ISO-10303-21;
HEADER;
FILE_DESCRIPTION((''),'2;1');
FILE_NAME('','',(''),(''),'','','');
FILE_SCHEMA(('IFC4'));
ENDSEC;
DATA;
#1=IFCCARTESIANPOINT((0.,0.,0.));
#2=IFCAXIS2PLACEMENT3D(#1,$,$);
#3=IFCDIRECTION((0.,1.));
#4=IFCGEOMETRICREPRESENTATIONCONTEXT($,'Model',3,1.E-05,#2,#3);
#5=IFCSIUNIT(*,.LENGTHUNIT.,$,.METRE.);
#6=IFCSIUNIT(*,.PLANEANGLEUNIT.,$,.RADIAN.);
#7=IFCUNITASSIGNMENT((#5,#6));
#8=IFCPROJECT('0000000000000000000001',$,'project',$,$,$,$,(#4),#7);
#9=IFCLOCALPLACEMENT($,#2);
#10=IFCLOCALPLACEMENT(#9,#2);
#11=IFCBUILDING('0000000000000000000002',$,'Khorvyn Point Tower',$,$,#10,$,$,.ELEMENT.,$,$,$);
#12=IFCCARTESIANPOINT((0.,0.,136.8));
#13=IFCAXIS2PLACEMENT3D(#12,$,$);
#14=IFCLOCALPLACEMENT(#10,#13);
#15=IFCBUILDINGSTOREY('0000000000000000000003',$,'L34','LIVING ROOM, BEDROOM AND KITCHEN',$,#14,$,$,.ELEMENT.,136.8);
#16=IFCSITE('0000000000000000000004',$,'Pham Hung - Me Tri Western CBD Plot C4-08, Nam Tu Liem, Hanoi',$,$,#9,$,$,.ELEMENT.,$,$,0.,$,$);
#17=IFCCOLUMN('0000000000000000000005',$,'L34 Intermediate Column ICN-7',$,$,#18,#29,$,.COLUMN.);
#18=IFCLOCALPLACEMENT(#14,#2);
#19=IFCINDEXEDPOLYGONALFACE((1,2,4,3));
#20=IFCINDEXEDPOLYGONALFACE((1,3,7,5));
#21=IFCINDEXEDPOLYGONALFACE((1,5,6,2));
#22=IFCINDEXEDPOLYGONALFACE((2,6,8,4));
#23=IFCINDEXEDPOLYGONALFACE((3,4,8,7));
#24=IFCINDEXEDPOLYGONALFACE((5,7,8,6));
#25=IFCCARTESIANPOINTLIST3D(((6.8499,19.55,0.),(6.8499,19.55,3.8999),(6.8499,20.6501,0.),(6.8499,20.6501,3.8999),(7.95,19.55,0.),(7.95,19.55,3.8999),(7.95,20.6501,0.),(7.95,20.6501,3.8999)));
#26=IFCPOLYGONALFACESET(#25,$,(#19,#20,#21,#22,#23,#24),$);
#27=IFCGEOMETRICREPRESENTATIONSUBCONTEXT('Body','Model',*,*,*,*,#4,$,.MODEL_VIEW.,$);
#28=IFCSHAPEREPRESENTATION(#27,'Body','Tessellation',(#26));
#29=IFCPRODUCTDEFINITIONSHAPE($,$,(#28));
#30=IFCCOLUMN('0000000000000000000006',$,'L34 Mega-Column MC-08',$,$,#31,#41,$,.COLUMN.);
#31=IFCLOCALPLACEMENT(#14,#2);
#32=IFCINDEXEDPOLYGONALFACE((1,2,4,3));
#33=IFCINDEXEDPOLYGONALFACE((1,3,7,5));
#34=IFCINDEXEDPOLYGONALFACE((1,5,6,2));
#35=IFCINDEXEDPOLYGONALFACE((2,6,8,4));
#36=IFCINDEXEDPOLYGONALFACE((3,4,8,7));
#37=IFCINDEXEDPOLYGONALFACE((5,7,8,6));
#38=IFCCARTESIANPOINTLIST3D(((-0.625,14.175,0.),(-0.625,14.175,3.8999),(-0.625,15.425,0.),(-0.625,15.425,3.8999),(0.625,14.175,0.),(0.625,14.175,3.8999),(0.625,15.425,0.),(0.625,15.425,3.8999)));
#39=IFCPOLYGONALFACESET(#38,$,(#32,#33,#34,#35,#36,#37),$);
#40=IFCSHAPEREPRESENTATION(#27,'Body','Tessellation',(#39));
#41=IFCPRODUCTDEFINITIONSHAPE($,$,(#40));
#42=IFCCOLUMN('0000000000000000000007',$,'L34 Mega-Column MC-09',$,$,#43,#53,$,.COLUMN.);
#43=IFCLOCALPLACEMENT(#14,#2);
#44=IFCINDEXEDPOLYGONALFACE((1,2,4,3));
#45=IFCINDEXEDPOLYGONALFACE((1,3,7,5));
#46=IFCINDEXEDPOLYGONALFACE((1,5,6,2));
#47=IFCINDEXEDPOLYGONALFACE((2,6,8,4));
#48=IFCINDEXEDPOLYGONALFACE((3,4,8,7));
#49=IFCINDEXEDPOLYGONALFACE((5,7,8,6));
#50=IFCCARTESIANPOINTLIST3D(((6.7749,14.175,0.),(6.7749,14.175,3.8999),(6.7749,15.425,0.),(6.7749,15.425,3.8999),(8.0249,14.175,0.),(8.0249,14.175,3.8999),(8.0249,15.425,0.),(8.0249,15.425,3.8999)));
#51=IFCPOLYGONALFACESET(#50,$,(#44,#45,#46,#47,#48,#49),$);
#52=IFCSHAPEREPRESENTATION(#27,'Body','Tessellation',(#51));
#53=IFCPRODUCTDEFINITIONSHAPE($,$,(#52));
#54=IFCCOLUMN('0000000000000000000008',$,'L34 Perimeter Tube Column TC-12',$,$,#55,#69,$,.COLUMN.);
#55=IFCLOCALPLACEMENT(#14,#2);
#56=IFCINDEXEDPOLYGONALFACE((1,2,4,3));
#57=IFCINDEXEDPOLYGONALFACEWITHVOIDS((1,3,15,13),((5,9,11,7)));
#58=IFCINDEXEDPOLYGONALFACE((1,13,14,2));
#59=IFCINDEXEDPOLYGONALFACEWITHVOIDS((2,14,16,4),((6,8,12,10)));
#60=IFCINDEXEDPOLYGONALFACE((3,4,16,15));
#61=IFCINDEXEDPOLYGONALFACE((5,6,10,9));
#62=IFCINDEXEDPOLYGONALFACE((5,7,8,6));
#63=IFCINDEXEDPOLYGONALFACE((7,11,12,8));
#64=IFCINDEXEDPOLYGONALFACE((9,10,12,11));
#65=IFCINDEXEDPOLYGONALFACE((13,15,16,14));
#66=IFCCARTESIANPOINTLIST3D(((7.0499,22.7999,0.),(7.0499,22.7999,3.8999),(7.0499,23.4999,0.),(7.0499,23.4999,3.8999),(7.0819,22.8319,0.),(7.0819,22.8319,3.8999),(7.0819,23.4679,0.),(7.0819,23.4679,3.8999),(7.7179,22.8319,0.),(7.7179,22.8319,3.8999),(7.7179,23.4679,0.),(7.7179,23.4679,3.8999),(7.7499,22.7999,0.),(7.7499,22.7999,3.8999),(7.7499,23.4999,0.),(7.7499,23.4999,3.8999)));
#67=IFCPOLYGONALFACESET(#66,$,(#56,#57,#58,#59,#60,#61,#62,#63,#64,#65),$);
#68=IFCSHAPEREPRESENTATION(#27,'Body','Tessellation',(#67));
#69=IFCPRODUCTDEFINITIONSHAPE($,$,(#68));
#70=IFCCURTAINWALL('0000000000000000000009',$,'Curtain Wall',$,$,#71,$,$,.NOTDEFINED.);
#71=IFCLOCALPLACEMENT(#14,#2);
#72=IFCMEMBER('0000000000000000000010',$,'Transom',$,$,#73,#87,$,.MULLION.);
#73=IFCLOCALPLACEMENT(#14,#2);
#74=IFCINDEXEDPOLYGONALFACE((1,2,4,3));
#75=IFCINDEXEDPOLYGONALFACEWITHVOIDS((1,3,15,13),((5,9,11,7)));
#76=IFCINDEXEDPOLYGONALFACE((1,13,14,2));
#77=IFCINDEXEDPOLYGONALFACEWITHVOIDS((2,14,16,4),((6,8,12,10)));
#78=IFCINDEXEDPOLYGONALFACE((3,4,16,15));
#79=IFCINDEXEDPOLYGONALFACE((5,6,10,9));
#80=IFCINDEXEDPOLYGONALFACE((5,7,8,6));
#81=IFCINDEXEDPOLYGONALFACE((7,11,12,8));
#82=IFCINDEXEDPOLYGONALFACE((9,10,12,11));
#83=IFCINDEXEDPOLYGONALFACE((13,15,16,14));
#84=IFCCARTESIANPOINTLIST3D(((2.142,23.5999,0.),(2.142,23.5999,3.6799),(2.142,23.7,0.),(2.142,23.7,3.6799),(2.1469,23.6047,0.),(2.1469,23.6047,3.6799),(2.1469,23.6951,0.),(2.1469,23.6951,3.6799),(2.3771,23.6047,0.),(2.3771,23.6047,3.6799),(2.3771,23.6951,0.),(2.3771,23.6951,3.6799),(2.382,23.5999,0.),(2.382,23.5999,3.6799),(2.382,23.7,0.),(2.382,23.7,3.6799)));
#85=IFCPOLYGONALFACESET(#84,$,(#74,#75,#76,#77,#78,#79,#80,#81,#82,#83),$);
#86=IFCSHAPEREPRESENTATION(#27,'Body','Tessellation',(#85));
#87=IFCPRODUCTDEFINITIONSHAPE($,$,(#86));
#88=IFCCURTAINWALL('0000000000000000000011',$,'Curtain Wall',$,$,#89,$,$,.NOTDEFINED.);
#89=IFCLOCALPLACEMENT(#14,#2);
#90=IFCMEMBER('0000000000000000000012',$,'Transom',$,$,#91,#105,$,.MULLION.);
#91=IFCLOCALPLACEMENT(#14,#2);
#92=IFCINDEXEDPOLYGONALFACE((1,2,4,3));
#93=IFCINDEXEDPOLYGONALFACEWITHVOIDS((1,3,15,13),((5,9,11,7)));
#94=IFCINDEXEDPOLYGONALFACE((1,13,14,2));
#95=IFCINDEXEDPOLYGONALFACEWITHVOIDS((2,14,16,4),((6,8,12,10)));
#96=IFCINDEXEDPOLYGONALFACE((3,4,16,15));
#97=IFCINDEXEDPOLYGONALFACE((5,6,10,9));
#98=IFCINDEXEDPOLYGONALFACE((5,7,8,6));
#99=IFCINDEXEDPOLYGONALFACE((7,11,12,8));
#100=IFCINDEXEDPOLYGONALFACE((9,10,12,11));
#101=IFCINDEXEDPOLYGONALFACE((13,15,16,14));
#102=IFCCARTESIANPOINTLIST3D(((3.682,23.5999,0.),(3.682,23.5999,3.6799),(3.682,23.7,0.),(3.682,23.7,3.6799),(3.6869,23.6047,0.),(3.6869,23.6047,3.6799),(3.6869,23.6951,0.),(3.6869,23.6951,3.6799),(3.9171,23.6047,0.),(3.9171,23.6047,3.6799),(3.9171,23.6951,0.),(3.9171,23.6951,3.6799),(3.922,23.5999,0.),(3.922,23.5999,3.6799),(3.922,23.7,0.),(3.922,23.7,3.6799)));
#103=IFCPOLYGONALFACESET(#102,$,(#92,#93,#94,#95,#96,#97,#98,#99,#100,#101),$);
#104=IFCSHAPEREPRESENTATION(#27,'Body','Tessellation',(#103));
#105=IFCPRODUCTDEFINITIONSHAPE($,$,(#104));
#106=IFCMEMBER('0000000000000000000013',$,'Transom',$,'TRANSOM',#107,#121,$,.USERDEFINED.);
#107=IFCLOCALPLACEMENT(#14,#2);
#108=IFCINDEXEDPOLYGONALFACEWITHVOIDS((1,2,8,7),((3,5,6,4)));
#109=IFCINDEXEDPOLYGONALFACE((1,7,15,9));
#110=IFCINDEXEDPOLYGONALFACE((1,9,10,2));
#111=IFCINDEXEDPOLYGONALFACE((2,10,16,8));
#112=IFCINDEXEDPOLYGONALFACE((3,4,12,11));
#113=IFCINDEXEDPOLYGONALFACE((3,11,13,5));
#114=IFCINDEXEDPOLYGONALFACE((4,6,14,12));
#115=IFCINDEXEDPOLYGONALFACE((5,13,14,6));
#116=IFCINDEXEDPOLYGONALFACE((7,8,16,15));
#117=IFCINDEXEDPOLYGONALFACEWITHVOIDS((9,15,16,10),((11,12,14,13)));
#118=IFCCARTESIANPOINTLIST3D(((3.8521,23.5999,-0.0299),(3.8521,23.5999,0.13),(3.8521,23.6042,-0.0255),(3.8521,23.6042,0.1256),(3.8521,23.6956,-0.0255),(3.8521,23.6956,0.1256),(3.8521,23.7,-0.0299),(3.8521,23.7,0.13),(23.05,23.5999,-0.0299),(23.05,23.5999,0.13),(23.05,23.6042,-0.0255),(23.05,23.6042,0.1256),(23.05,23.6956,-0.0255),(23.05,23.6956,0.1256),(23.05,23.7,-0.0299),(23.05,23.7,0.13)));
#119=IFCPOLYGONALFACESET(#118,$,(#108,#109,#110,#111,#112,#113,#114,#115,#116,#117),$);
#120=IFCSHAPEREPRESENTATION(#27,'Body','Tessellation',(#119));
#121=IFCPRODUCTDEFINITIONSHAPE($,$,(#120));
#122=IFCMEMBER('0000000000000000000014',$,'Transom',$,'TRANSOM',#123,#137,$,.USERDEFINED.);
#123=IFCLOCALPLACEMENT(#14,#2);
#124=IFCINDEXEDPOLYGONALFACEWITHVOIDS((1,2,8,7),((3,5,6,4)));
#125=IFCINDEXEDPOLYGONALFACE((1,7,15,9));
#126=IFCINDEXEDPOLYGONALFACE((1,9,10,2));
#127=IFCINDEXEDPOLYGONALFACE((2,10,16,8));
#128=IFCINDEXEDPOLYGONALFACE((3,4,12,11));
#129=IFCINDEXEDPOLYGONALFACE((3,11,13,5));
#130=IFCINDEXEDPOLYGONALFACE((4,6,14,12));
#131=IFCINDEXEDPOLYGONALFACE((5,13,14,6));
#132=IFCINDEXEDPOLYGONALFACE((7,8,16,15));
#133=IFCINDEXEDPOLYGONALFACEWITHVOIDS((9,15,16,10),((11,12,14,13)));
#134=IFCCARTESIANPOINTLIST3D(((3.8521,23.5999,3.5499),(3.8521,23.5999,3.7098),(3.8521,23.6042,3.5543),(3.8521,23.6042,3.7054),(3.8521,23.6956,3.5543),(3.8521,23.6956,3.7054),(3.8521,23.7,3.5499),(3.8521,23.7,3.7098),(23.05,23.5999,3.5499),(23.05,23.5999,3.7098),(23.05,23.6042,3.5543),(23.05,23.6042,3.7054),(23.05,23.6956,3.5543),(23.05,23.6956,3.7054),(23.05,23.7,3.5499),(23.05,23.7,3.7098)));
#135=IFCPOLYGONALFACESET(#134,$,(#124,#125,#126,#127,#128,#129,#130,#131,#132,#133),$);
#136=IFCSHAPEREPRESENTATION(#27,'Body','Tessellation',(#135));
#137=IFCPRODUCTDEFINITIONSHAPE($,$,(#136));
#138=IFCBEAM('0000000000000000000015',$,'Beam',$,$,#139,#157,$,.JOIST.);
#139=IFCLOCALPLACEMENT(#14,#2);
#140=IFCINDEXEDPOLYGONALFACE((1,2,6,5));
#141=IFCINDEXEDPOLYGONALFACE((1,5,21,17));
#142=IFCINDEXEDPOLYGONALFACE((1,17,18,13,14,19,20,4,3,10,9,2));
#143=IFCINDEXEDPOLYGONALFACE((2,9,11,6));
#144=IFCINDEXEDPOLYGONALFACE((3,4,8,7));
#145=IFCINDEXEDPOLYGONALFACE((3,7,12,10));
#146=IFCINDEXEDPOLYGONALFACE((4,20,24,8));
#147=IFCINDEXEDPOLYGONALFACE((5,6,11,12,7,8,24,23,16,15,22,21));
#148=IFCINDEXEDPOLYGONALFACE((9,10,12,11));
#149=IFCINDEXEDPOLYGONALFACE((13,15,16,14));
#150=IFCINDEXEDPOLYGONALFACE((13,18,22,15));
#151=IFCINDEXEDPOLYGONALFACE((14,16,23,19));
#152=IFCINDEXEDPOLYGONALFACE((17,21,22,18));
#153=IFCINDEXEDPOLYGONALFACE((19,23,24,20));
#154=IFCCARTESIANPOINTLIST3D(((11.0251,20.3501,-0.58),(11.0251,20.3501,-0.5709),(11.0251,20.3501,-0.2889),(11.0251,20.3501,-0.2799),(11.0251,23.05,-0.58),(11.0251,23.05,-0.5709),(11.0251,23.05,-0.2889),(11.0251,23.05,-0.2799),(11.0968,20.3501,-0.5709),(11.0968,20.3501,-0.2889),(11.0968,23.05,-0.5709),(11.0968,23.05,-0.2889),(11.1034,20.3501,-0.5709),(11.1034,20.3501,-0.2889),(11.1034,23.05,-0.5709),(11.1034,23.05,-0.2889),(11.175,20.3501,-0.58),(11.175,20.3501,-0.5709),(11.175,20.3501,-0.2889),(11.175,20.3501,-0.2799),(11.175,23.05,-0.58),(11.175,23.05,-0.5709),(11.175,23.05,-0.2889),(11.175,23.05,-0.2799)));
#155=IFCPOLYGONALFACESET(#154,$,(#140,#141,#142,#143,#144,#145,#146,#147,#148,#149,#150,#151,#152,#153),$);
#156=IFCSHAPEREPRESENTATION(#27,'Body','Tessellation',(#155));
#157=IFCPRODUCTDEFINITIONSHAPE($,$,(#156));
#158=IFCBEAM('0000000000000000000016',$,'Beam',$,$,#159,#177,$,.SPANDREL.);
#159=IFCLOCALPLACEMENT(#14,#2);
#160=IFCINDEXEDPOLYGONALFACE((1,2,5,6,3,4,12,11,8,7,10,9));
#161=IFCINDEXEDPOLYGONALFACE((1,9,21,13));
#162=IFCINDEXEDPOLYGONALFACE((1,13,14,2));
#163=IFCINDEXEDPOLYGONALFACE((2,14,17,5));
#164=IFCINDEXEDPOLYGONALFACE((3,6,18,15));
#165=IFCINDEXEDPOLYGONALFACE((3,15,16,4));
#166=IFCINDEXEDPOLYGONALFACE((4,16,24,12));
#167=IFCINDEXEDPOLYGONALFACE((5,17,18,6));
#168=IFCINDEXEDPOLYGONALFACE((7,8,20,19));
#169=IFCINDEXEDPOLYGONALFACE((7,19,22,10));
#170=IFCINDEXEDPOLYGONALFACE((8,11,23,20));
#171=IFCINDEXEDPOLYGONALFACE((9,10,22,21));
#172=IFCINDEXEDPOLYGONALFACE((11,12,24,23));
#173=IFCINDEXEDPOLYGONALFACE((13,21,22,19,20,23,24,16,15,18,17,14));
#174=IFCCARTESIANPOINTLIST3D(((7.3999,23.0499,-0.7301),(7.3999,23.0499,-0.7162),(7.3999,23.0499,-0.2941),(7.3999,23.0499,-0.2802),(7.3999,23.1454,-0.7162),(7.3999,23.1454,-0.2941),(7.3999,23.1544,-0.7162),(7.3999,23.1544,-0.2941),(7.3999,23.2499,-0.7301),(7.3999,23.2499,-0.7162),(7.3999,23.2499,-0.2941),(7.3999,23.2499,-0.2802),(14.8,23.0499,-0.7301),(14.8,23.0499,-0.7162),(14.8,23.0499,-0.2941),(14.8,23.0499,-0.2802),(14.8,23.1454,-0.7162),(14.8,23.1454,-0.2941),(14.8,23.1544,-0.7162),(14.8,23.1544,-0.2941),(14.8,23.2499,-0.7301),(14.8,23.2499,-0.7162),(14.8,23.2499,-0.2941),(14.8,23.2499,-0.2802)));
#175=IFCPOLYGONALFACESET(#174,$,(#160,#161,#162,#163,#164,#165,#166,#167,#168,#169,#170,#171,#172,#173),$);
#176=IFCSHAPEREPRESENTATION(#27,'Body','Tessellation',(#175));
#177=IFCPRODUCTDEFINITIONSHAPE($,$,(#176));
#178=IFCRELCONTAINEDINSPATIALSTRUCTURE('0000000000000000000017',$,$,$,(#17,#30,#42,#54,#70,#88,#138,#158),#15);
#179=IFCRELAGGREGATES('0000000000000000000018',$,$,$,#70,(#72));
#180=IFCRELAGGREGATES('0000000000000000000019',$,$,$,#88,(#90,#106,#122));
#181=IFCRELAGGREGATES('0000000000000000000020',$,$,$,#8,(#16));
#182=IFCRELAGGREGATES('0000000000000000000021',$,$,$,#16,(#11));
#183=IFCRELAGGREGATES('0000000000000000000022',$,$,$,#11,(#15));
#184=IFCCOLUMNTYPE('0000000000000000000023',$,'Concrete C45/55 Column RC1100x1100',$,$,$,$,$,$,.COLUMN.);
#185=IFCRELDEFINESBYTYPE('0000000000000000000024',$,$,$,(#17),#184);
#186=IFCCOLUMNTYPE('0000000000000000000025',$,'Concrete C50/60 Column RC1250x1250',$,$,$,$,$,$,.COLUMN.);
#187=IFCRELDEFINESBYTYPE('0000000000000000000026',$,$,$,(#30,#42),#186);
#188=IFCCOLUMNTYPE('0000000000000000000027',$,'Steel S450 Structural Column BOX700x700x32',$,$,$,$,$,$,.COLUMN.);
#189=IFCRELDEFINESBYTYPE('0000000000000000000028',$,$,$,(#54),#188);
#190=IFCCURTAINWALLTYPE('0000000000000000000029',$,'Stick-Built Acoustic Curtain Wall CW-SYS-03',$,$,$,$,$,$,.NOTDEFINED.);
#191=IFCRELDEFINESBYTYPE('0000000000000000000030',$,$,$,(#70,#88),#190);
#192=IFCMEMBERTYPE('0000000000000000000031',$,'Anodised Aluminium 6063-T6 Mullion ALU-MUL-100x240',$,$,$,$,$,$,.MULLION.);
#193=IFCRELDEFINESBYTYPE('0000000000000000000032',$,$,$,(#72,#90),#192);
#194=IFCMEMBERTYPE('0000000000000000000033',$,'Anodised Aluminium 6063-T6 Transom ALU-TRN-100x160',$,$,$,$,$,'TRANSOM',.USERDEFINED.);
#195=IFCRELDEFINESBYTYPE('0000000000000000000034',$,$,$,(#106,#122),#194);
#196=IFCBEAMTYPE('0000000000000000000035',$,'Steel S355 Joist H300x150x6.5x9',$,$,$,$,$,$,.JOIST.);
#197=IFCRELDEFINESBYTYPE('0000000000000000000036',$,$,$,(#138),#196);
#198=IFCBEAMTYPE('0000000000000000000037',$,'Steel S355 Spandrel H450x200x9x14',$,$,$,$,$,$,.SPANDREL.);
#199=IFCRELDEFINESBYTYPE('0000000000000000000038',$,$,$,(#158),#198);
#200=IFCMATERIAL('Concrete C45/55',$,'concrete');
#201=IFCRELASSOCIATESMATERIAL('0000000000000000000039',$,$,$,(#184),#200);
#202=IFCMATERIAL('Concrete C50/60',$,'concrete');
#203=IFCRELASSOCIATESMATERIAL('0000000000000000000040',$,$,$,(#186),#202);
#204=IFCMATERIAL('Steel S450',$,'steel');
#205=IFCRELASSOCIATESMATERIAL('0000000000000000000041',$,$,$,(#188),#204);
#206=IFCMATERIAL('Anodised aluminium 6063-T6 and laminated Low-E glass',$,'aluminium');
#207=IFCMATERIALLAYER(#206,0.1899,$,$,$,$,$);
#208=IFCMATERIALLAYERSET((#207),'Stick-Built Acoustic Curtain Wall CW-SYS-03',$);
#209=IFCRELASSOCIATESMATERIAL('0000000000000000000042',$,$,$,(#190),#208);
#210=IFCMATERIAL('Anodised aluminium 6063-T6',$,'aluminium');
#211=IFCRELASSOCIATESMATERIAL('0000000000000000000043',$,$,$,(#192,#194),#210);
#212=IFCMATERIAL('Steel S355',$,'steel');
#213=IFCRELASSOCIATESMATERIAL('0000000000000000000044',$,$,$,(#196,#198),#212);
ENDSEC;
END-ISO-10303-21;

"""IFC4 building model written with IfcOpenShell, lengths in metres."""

from ifc_helpers import new_model, si_unit, direction, frame, origin, origin_2d, place, context, subcontext, project, spatial, rectangle, hollow_rectangle, i_section, extrude, material, layer, layer_set, material_profile, profile_set, type_object, element, aggregate, save


model = new_model("IFC4")

# Units and contexts
model_context = context("Model", 3, precision=1e-05, world=origin(), true_north=direction((0.0, 1.0)))
body_context = subcontext(model_context, "Body", "Model", "MODEL_VIEW")
ifc_project = project(units=[si_unit("LENGTHUNIT", "METRE"), si_unit("PLANEANGLEUNIT", "RADIAN")], contexts=[model_context])

# Site, building, storey
site_placement = place(None, origin())
site = spatial("IfcSite", under=ifc_project, at=site_placement, Name="Pham Hung - Me Tri Western CBD Plot C4-08, Nam Tu Liem, Hanoi", CompositionType="ELEMENT", RefElevation=0.0)
building_placement = place(site_placement, origin())
building = spatial("IfcBuilding", under=site, at=building_placement, Name="Khorvyn Point Tower", CompositionType="ELEMENT")
storey_placement = place(building_placement, frame((0.0, 0.0, 136.8)))
storey = spatial("IfcBuildingStorey", under=building, at=storey_placement, Name="L34", Description="LIVING ROOM, BEDROOM AND KITCHEN", CompositionType="ELEMENT", Elevation=136.8)

# Columns
ifc_material_1 = material(Name="Concrete C45/55", Category="concrete")
ifc_material_profile_1 = material_profile(ifc_material_1, rectangle(XDim=1.1001, YDim=1.1001, at=origin_2d()))
ifc_profile_set_1 = profile_set([ifc_material_profile_1], Name="Concrete C45/55 RC1100x1100")
column_type_1 = type_object("IfcColumnType", Name="Concrete C45/55 Column RC1100x1100", PredefinedType="COLUMN", material=ifc_profile_set_1)
column_1_placement = place(storey_placement, frame((7.3999, 20.1001, 0.0), z_axis=(0.0, 0.0, 1.0), x_axis=(1.0, 0.0, 0.0)))
element("IfcColumn", 1, at=column_1_placement, inside=storey, type_object=column_type_1, Name="L34 Intermediate Column ICN-7", PredefinedType="COLUMN", context=body_context, shape_type="SweptSolid", body=[
    extrude(rectangle(XDim=1.1001, YDim=1.1001, at=origin_2d()), origin(), (0.0, 0.0, 1.0), 3.8999),
])
ifc_material_2 = material(Name="Concrete C50/60", Category="concrete")
ifc_material_profile_2 = material_profile(ifc_material_2, rectangle(XDim=1.25, YDim=1.25, at=origin_2d()))
ifc_profile_set_2 = profile_set([ifc_material_profile_2], Name="Concrete C50/60 RC1250x1250")
column_type_2 = type_object("IfcColumnType", Name="Concrete C50/60 Column RC1250x1250", PredefinedType="COLUMN", material=ifc_profile_set_2)
for number, where, z_axis, x_axis, name in (
    (2, (0.0, 14.8, 0.0), (0.0, 0.0, 1.0), (1.0, 0.0, 0.0), "L34 Mega-Column MC-08"),
    (3, (7.3999, 14.8, 0.0), (0.0, 0.0, 1.0), (1.0, 0.0, 0.0), "L34 Mega-Column MC-09"),
):
    element("IfcColumn", number, at=place(storey_placement, frame(where, z_axis=z_axis, x_axis=x_axis)), inside=storey, type_object=column_type_2, Name=name, PredefinedType="COLUMN", context=body_context, shape_type="SweptSolid", body=[
        extrude(rectangle(XDim=1.25, YDim=1.25, at=origin_2d()), origin(), (0.0, 0.0, 1.0), 3.8999),
    ])
ifc_material_3 = material(Name="Steel S450", Category="steel")
ifc_material_profile_3 = material_profile(ifc_material_3, hollow_rectangle(XDim=0.7, YDim=0.7, WallThickness=0.032, at=origin_2d()))
ifc_profile_set_3 = profile_set([ifc_material_profile_3], Name="Steel S450 BOX700x700x32")
column_type_3 = type_object("IfcColumnType", Name="Steel S450 Structural Column BOX700x700x32", PredefinedType="COLUMN", material=ifc_profile_set_3)
column_2_placement = place(storey_placement, frame((7.3999, 23.1499, 0.0), z_axis=(0.0, 0.0, 1.0), x_axis=(1.0, 0.0, 0.0)))
element("IfcColumn", 4, at=column_2_placement, inside=storey, type_object=column_type_3, Name="L34 Perimeter Tube Column TC-12", PredefinedType="COLUMN", context=body_context, shape_type="SweptSolid", body=[
    extrude(hollow_rectangle(XDim=0.7, YDim=0.7, WallThickness=0.032, at=origin_2d()), origin(), (0.0, 0.0, 1.0), 3.8999),
])

# Curtain wall, member
ifc_material_4 = material(Name="Anodised aluminium 6063-T6 and laminated Low-E glass", Category="aluminium")
ifc_layer_1 = layer(ifc_material_4, 0.1899)
ifc_layer_set_1 = layer_set([ifc_layer_1], Name="Stick-Built Acoustic Curtain Wall CW-SYS-03")
curtain_wall_type = type_object("IfcCurtainWallType", Name="Stick-Built Acoustic Curtain Wall CW-SYS-03", PredefinedType="NOTDEFINED", material=ifc_layer_set_1)
curtain_wall_1_placement = place(storey_placement, origin())
curtain_wall_1 = element("IfcCurtainWall", 5, at=curtain_wall_1_placement, inside=storey, type_object=curtain_wall_type, Name="Curtain Wall", PredefinedType="NOTDEFINED")
ifc_material_5 = material(Name="Anodised aluminium 6063-T6", Category="aluminium")
ifc_material_profile_4 = material_profile(ifc_material_5, hollow_rectangle(XDim=0.1001, YDim=0.24, WallThickness=0.0049, at=origin_2d()))
ifc_profile_set_4 = profile_set([ifc_material_profile_4], Name="Anodised aluminium 6063-T6 ALU-MUL-100x240")
member_type_1 = type_object("IfcMemberType", Name="Anodised Aluminium 6063-T6 Mullion ALU-MUL-100x240", PredefinedType="MULLION", material=ifc_profile_set_4)
member_1_placement = place(storey_placement, frame((2.262, 23.6499, 0.0), z_axis=(0.0, 0.0, 1.0), x_axis=(0.0, 1.0, 0.0)))
member_1 = element("IfcMember", 6, at=member_1_placement, type_object=member_type_1, Name="Transom", PredefinedType="MULLION", context=body_context, shape_type="SweptSolid", body=[
    extrude(hollow_rectangle(XDim=0.1001, YDim=0.24, WallThickness=0.0049, at=origin_2d()), origin(), (0.0, 0.0, 1.0), 3.6799),
])

# Curtain wall, members
curtain_wall_2_placement = place(storey_placement, origin())
curtain_wall_2 = element("IfcCurtainWall", 7, at=curtain_wall_2_placement, inside=storey, type_object=curtain_wall_type, Name="Curtain Wall", PredefinedType="NOTDEFINED")
member_2_placement = place(storey_placement, frame((3.802, 23.6499, 0.0), z_axis=(0.0, 0.0, 1.0), x_axis=(0.0, 1.0, 0.0)))
member_2 = element("IfcMember", 8, at=member_2_placement, type_object=member_type_1, Name="Transom", PredefinedType="MULLION", context=body_context, shape_type="SweptSolid", body=[
    extrude(hollow_rectangle(XDim=0.1001, YDim=0.24, WallThickness=0.0049, at=origin_2d()), origin(), (0.0, 0.0, 1.0), 3.6799),
])
ifc_material_profile_5 = material_profile(ifc_material_5, hollow_rectangle(XDim=0.1001, YDim=0.1599, WallThickness=0.0044, at=origin_2d()))
ifc_profile_set_5 = profile_set([ifc_material_profile_5], Name="Anodised aluminium 6063-T6 ALU-TRN-100x160")
member_type_2 = type_object("IfcMemberType", Name="Anodised Aluminium 6063-T6 Transom ALU-TRN-100x160", ElementType="TRANSOM", PredefinedType="USERDEFINED", material=ifc_profile_set_5)
member_3_placement = place(storey_placement, frame((3.8521, 23.6499, 0.05), z_axis=(1.0, 0.0, 0.0), x_axis=(0.0, 1.0, 0.0)))
member_3 = element("IfcMember", 9, at=member_3_placement, type_object=member_type_2, Name="Transom", ObjectType="TRANSOM", PredefinedType="USERDEFINED", context=body_context, shape_type="SweptSolid", body=[
    extrude(hollow_rectangle(XDim=0.1001, YDim=0.1599, WallThickness=0.0044, at=origin_2d()), origin(), (0.0, 0.0, 1.0), 19.198),
])
member_4_placement = place(storey_placement, frame((3.8521, 23.6499, 3.6299), z_axis=(1.0, 0.0, 0.0), x_axis=(0.0, 1.0, 0.0)))
member_4 = element("IfcMember", 10, at=member_4_placement, type_object=member_type_2, Name="Transom", ObjectType="TRANSOM", PredefinedType="USERDEFINED", context=body_context, shape_type="SweptSolid", body=[
    extrude(hollow_rectangle(XDim=0.1001, YDim=0.1599, WallThickness=0.0044, at=origin_2d()), origin(), (0.0, 0.0, 1.0), 19.198),
])

# Beams
ifc_material_6 = material(Name="Steel S355", Category="steel")
ifc_material_profile_6 = material_profile(ifc_material_6, i_section(OverallWidth=0.1499, OverallDepth=0.3, WebThickness=0.0066, FlangeThickness=0.009, at=origin_2d()))
ifc_profile_set_6 = profile_set([ifc_material_profile_6], Name="Steel S355 H300x150x6.5x9")
beam_type_1 = type_object("IfcBeamType", Name="Steel S355 Joist H300x150x6.5x9", PredefinedType="JOIST", material=ifc_profile_set_6)
beam_1_placement = place(storey_placement, frame((11.1001, 20.3501, -0.4299), z_axis=(0.0, 1.0, 0.0), x_axis=(-1.0, 0.0, 0.0)))
element("IfcBeam", 11, at=beam_1_placement, inside=storey, type_object=beam_type_1, Name="Beam", PredefinedType="JOIST", context=body_context, shape_type="SweptSolid", body=[
    extrude(i_section(OverallWidth=0.1499, OverallDepth=0.3, WebThickness=0.0066, FlangeThickness=0.009, at=origin_2d()), origin(), (0.0, 0.0, 1.0), 2.7),
])
ifc_material_profile_7 = material_profile(ifc_material_6, i_section(OverallWidth=0.2, OverallDepth=0.45, WebThickness=0.009, FlangeThickness=0.0139, at=origin_2d()))
ifc_profile_set_7 = profile_set([ifc_material_profile_7], Name="Steel S355 H450x200x9x14")
beam_type_2 = type_object("IfcBeamType", Name="Steel S355 Spandrel H450x200x9x14", PredefinedType="SPANDREL", material=ifc_profile_set_7)
for number, where, z_axis, x_axis, name in (
    (12, (7.3999, 23.1499, -0.5051), (1.0, 0.0, 0.0), (0.0, 1.0, 0.0), "Beam"),
):
    element("IfcBeam", number, at=place(storey_placement, frame(where, z_axis=z_axis, x_axis=x_axis)), inside=storey, type_object=beam_type_2, Name=name, PredefinedType="SPANDREL", context=body_context, shape_type="SweptSolid", body=[
        extrude(i_section(OverallWidth=0.2, OverallDepth=0.45, WebThickness=0.009, FlangeThickness=0.0139, at=origin_2d()), origin(), (0.0, 0.0, 1.0), 7.4001),
    ])

aggregate(curtain_wall_1, [member_1])
aggregate(curtain_wall_2, [member_2, member_3, member_4])

save(model, "model.ifc")
